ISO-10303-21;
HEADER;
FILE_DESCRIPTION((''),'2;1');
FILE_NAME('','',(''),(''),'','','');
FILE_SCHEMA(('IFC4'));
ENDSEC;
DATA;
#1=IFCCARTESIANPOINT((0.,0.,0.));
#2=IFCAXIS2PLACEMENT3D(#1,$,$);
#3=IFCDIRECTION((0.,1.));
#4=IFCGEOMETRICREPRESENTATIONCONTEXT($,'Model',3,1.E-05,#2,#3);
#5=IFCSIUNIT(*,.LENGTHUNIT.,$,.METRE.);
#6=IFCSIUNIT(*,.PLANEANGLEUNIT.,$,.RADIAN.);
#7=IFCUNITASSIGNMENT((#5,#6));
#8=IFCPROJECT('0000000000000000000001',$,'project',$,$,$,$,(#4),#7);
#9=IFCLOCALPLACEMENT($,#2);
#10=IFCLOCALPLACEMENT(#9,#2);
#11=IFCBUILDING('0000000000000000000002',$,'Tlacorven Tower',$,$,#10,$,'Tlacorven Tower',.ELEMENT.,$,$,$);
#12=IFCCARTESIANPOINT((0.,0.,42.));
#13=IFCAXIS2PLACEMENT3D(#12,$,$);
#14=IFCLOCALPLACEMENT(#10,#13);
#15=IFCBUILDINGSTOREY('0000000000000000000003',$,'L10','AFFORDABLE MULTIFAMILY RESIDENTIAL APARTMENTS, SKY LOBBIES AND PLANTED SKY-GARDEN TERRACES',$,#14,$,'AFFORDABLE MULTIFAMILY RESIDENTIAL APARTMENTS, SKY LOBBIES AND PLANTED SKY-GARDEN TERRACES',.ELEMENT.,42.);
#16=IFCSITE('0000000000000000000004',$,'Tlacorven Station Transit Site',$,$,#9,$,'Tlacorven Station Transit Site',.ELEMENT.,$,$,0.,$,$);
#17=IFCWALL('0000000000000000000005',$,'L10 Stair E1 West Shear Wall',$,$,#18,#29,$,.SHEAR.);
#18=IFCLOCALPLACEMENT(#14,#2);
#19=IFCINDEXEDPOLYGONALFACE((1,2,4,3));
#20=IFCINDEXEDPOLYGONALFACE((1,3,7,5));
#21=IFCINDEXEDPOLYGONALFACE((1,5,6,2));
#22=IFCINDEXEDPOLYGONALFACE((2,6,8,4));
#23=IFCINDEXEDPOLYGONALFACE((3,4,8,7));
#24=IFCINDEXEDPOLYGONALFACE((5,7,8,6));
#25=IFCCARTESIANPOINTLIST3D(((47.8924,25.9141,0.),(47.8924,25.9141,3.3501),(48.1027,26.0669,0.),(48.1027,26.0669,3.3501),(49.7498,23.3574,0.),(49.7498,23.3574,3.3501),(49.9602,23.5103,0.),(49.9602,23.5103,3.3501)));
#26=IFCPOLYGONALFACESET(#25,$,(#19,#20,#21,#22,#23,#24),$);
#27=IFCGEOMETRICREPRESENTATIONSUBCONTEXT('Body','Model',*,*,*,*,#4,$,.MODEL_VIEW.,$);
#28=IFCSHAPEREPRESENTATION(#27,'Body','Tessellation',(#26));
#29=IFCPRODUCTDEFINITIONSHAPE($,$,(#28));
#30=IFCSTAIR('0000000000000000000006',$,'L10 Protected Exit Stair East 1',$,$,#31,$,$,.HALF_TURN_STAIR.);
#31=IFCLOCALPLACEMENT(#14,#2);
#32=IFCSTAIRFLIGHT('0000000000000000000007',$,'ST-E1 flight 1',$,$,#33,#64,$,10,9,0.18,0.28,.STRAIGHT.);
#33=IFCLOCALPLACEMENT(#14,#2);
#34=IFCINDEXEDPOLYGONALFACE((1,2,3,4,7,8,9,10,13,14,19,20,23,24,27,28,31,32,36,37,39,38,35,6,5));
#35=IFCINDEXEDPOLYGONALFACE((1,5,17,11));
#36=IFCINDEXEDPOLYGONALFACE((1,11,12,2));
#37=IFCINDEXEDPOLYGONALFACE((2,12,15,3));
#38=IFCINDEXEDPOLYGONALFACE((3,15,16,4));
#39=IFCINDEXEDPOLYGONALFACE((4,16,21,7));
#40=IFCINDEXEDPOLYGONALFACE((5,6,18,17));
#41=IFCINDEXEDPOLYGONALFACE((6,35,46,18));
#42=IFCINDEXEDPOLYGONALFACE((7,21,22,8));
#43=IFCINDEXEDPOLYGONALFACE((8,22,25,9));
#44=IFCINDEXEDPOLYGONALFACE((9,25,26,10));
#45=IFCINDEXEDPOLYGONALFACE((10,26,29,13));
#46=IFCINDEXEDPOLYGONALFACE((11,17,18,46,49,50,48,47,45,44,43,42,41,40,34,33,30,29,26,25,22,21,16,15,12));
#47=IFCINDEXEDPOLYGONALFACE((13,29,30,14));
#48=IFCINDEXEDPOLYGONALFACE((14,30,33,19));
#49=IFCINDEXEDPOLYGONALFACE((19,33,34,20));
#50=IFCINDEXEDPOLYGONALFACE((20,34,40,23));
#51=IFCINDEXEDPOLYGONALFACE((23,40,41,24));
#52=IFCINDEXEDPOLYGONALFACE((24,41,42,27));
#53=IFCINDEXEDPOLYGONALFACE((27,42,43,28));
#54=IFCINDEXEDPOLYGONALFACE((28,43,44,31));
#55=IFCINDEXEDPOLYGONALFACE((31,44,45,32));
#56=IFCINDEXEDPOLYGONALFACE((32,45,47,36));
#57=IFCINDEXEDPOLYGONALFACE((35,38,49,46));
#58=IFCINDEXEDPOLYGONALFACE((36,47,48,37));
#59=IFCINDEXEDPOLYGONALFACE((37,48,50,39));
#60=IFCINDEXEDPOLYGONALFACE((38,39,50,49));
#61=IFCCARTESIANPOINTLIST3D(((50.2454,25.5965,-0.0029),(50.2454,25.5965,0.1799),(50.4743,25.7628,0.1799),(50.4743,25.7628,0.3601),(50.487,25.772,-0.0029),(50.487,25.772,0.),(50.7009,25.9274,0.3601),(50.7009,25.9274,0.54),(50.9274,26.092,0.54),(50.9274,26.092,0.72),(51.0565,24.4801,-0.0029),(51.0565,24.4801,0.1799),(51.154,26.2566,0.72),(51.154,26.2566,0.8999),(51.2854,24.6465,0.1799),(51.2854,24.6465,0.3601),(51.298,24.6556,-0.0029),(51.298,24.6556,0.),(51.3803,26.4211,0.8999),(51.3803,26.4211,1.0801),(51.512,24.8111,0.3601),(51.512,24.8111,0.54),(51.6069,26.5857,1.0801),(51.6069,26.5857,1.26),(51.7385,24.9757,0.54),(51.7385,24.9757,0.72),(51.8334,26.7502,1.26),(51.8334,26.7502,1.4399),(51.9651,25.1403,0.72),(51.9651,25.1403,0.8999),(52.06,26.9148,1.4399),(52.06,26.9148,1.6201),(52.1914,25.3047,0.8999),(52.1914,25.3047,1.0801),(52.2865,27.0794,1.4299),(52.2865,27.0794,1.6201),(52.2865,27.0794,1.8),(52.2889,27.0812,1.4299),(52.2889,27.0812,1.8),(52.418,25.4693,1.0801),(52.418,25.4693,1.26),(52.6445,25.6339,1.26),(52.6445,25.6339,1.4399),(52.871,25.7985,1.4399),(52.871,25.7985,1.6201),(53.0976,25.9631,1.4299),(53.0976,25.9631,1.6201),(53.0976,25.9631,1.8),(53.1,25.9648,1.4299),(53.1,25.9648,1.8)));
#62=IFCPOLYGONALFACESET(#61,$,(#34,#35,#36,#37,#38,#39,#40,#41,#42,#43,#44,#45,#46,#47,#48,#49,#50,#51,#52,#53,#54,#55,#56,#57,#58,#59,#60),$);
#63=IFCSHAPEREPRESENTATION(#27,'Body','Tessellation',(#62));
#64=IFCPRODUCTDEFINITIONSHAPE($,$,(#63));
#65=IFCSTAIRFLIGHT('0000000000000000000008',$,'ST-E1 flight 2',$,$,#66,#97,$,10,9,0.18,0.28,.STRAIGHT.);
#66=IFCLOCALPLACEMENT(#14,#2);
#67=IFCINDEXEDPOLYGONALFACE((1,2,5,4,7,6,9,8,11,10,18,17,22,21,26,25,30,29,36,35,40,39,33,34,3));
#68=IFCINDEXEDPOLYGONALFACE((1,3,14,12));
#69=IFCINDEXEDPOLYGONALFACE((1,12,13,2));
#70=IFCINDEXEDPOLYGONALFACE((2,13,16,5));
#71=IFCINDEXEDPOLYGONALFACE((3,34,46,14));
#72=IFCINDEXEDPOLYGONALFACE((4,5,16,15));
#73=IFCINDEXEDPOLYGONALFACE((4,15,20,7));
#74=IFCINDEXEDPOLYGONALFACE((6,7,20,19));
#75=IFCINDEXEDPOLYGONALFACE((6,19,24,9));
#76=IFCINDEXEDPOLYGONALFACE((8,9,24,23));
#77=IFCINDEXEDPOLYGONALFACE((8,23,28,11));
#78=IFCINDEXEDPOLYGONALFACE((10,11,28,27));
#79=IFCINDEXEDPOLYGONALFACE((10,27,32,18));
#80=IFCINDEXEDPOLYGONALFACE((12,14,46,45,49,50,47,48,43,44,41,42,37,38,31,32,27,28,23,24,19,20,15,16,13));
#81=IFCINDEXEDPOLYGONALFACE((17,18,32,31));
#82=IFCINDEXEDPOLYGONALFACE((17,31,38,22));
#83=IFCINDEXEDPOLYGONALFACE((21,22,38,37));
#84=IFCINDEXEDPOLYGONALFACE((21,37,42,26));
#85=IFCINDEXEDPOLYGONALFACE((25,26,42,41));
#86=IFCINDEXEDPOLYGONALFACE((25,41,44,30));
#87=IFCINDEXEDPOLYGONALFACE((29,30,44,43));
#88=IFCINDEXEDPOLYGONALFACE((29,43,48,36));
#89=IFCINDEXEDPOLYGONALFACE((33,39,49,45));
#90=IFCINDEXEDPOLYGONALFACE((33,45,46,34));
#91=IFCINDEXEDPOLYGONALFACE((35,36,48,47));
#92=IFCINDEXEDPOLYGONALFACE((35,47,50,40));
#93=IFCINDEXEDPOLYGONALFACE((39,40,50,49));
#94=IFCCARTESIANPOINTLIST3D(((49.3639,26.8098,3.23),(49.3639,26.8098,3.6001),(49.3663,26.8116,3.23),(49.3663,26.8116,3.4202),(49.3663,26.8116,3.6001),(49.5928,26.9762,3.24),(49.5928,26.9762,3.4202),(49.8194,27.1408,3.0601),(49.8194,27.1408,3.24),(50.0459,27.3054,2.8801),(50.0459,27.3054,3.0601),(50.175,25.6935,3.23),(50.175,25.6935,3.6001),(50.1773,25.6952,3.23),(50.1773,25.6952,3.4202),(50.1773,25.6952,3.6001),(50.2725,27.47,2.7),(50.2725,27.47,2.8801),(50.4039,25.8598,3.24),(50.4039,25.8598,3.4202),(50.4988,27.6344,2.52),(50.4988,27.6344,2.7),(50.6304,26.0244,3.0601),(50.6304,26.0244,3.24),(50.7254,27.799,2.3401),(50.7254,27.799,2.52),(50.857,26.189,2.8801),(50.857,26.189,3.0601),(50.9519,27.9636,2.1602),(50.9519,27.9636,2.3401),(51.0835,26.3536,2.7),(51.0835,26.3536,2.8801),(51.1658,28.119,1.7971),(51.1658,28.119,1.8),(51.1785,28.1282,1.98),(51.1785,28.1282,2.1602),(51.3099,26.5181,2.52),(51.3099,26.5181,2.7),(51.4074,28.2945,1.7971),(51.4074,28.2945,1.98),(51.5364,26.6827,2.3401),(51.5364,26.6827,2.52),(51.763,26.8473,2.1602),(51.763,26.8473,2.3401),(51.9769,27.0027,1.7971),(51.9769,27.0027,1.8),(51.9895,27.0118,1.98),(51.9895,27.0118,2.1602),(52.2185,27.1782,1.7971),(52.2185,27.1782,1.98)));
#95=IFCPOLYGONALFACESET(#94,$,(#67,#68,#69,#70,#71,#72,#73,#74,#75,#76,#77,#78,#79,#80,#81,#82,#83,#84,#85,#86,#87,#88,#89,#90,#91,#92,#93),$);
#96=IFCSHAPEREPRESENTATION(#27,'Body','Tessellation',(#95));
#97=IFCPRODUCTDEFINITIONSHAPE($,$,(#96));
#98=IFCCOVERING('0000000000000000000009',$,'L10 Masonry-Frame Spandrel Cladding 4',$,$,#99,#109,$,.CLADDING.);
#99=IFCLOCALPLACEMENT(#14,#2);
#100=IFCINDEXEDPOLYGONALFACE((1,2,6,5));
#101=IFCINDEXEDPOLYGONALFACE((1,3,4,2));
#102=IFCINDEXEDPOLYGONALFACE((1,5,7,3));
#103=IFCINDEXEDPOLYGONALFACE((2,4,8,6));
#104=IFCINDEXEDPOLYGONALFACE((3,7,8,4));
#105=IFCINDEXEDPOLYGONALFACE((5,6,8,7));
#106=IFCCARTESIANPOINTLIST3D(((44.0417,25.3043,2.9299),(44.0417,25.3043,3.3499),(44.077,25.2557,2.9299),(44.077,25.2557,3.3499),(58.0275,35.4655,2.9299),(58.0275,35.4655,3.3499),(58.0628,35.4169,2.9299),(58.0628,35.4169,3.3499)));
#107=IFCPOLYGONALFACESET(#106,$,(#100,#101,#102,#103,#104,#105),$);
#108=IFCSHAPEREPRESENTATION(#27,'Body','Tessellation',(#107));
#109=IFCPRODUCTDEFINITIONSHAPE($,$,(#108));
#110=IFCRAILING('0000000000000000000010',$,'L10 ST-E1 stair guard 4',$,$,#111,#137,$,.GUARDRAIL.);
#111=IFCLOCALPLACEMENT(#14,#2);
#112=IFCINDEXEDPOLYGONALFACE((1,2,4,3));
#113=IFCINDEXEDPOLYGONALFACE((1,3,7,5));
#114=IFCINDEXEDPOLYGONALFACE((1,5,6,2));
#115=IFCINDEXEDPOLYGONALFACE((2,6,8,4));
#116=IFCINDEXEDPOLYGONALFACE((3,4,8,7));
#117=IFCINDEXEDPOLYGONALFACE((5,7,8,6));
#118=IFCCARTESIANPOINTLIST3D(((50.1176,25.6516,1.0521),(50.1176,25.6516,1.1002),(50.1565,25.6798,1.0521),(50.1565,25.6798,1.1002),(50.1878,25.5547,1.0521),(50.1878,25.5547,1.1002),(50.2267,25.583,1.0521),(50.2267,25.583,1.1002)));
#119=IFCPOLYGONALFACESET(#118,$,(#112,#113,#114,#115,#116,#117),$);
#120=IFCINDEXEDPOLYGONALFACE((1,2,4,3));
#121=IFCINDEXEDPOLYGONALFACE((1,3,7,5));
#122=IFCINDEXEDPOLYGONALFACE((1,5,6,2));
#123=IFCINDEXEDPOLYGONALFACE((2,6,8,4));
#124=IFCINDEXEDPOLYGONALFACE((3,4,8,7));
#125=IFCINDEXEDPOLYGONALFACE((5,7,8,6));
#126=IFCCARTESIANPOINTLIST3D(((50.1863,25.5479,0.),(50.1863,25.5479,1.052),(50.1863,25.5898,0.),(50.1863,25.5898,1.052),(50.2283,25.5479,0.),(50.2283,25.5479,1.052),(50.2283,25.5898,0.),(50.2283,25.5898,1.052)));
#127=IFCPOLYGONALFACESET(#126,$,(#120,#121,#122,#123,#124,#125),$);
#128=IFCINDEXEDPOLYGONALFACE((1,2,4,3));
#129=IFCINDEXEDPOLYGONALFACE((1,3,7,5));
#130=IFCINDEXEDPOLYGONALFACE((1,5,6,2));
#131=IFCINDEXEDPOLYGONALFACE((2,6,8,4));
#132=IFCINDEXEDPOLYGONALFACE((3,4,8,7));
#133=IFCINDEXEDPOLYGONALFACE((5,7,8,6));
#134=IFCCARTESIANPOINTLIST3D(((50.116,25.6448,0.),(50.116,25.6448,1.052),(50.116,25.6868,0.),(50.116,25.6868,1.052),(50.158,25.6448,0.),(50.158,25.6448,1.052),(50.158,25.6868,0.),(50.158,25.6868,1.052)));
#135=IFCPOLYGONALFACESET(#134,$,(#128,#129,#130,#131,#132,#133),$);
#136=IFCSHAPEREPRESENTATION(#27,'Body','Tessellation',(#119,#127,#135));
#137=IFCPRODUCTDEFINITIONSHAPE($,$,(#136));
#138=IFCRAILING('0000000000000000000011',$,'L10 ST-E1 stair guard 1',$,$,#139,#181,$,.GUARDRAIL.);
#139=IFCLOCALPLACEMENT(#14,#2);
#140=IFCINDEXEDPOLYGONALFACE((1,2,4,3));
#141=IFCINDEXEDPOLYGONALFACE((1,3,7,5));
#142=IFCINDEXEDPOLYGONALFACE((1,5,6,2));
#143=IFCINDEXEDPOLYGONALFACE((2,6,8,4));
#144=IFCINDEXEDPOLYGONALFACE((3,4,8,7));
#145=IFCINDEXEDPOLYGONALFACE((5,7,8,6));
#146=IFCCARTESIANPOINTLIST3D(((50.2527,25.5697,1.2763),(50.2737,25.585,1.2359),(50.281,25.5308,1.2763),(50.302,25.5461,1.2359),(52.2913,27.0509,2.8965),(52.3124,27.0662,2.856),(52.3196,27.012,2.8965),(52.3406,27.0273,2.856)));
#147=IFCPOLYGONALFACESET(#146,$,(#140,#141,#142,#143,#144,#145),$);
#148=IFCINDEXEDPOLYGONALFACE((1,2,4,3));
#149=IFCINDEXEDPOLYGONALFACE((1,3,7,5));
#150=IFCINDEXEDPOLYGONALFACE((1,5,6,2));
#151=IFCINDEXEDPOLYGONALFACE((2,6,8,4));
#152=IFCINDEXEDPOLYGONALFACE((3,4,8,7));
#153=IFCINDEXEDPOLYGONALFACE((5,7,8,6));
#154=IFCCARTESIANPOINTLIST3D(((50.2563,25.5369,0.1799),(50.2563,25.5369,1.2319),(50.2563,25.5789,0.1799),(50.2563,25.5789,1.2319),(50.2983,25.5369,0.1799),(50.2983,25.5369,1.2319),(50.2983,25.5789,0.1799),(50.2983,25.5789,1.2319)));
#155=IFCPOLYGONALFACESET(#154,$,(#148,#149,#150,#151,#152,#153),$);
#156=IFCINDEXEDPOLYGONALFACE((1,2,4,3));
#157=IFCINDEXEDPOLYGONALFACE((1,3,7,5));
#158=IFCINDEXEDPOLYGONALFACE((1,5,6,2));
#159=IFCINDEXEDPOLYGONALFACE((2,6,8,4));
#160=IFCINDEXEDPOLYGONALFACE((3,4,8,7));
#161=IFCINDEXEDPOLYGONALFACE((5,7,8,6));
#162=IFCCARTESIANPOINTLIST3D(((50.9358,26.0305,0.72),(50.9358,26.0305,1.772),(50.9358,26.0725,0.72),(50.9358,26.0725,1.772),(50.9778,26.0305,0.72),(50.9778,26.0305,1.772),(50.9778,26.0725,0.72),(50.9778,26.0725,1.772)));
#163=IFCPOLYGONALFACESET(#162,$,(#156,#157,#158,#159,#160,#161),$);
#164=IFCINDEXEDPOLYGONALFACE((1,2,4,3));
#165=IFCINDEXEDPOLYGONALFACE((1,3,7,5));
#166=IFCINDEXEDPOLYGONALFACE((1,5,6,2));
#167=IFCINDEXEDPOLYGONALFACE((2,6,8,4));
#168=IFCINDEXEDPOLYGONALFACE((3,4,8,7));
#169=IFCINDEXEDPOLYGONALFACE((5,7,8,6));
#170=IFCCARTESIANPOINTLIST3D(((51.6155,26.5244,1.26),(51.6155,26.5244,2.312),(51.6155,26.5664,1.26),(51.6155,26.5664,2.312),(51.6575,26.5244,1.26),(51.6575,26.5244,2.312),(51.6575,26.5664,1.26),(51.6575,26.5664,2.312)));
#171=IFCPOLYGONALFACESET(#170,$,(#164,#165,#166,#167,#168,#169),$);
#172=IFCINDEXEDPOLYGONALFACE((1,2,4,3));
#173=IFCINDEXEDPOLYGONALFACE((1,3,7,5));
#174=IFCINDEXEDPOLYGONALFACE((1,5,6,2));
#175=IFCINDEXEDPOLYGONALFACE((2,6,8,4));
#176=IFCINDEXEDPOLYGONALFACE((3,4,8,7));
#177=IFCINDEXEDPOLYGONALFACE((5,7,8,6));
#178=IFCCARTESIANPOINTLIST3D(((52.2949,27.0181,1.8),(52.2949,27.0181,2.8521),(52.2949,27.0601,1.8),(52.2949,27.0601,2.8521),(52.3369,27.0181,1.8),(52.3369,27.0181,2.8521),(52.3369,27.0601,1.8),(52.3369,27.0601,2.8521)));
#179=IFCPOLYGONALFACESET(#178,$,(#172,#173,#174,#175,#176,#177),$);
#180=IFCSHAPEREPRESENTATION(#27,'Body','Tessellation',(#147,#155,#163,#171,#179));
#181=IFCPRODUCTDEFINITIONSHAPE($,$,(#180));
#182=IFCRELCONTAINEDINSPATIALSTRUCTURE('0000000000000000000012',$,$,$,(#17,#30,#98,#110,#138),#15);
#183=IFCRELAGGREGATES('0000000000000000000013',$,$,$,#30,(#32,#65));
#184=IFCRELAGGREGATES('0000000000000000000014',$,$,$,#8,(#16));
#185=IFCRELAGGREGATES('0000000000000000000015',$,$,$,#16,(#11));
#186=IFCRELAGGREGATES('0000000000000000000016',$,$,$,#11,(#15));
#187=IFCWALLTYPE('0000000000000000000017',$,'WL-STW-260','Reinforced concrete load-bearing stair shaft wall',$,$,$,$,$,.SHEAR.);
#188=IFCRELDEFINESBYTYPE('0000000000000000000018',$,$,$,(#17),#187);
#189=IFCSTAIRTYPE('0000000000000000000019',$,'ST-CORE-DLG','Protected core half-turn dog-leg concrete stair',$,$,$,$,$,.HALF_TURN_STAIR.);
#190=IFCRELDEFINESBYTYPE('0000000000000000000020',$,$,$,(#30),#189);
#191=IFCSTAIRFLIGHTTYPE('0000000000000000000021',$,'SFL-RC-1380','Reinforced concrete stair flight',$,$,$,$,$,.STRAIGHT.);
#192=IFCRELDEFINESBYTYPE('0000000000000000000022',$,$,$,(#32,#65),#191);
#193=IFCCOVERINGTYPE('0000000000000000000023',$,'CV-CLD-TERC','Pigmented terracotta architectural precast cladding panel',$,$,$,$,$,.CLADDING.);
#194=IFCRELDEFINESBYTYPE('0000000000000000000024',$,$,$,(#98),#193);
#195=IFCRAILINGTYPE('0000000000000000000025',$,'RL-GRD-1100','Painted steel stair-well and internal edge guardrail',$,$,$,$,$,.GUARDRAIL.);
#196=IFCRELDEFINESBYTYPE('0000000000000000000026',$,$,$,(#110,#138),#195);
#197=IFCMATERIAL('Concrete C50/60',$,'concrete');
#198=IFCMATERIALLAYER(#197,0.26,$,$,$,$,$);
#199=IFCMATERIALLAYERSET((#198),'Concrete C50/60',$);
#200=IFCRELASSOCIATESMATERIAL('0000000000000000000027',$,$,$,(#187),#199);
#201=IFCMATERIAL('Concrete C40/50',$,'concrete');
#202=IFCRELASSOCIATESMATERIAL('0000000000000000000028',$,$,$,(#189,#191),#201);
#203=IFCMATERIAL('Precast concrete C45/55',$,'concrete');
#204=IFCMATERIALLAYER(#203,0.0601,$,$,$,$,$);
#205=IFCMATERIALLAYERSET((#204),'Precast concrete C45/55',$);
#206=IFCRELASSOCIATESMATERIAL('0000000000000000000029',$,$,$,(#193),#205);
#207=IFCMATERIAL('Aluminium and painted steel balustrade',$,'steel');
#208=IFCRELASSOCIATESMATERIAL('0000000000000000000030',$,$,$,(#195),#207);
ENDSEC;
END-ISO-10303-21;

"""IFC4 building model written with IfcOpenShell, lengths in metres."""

from ifc_helpers import new_model, si_unit, direction, frame, frame_2d, origin, origin_2d, place, context, subcontext, project, spatial, polyline, rectangle, outline, extrude, source, transform, mapped, material, layer, layer_set, type_object, element, aggregate, save


model = new_model("IFC4")

# Units and contexts
model_context = context("Model", 3, precision=1e-05, world=origin(), true_north=direction((0.0, 1.0)))
body_context = subcontext(model_context, "Body", "Model", "MODEL_VIEW")
ifc_project = project(units=[si_unit("LENGTHUNIT", "METRE"), si_unit("PLANEANGLEUNIT", "RADIAN")], contexts=[model_context])

# Site, building, storey
site_placement = place(None, origin())
site = spatial("IfcSite", under=ifc_project, at=site_placement, Name="Tlacorven Station Transit Site", LongName="Tlacorven Station Transit Site", CompositionType="ELEMENT", RefElevation=0.0)
building_placement = place(site_placement, origin())
building = spatial("IfcBuilding", under=site, at=building_placement, Name="Tlacorven Tower", LongName="Tlacorven Tower", CompositionType="ELEMENT")
storey_placement = place(building_placement, frame((0.0, 0.0, 42.0)))
storey = spatial("IfcBuildingStorey", under=building, at=storey_placement, Name="L10", Description="AFFORDABLE MULTIFAMILY RESIDENTIAL APARTMENTS, SKY LOBBIES AND PLANTED SKY-GARDEN TERRACES", LongName="AFFORDABLE MULTIFAMILY RESIDENTIAL APARTMENTS, SKY LOBBIES AND PLANTED SKY-GARDEN TERRACES", CompositionType="ELEMENT", Elevation=42.0)

# Shared definitions
ifc_material_1 = material(Name="Precast concrete C45/55", Category="concrete")

# Shared definitions
ifc_material_2 = material(Name="Concrete C40/50", Category="concrete")

# Shared definitions
ifc_material_3 = material(Name="Concrete C50/60", Category="concrete")
ifc_layer_1 = layer(ifc_material_3, 0.26)
ifc_layer_set_1 = layer_set([ifc_layer_1], Name="Concrete C50/60")
wall_type_1 = type_object("IfcWallType", Name="WL-STW-260", Description="Reinforced concrete load-bearing stair shaft wall", PredefinedType="SHEAR", material=ifc_layer_set_1)

# Wall
wall_1_placement = place(storey_placement, frame((49.855, 23.4338, 0.0), z_axis=(0.0, 0.0, 1.0), x_axis=(-0.587767, 0.80903, 0.0)))
element("IfcWall", 1, at=wall_1_placement, inside=storey, type_object=wall_type_1, Name="L10 Stair E1 West Shear Wall", PredefinedType="SHEAR", context=body_context, shape_type="SweptSolid", body=[
    extrude(rectangle(XDim=3.1602, YDim=0.26, at=frame_2d((1.5801, 0.0))), origin(), (0.0, 0.0, 1.0), 3.3501),
])

# Stair, stair flights
stair_type = type_object("IfcStairType", Name="ST-CORE-DLG", Description="Protected core half-turn dog-leg concrete stair", PredefinedType="HALF_TURN_STAIR", material=ifc_material_2)
stair_placement = place(storey_placement, origin())
stair = element("IfcStair", 2, at=stair_placement, inside=storey, type_object=stair_type, Name="L10 Protected Exit Stair East 1", PredefinedType="HALF_TURN_STAIR")
stair_flight_type = type_object("IfcStairFlightType", Name="SFL-RC-1380", Description="Reinforced concrete stair flight", PredefinedType="STRAIGHT", material=ifc_material_2)
shared_shape_1 = source(origin(), body_context, "Body", "SweptSolid", [
    extrude(outline(polyline([(-0.0029, -0.0029), (-0.0029, 0.1799), (0.28, 0.1799), (0.28, 0.3601), (0.5601, 0.3601), (0.5601, 0.54), (0.8401, 0.54), (0.8401, 0.72), (1.1201, 0.72), (1.1201, 0.8999), (1.3999, 0.8999), (1.3999, 1.0801), (1.6799, 1.0801), (1.6799, 1.26), (1.96, 1.26), (1.96, 1.4399), (2.24, 1.4399), (2.24, 1.6201), (2.52, 1.6201), (2.52, 1.8), (2.5229, 1.8), (2.5229, 1.4299), (2.52, 1.4299), (0.2957, 0.0), (0.2957, -0.0029), (-0.0029, -0.0029)])), frame((0.0, 0.6899, 0.0), z_axis=(0.0, -1.0, 0.0), x_axis=(1.0, 0.0, 0.0)), (0.0, 0.0, 1.0), 1.3799),
])
stair_flight_1_placement = place(storey_placement, frame((50.6533, 25.04, 0.0), z_axis=(0.0, 0.0, 1.0), x_axis=(0.809017, 0.587785, 0.0)))
stair_flight_1 = element("IfcStairFlight", 3, at=stair_flight_1_placement, type_object=stair_flight_type, Name="ST-E1 flight 1", NumberOfRisers=10, NumberOfTreads=9, PredefinedType="STRAIGHT", RiserHeight=0.18, TreadLength=0.28, context=body_context, shape_type="MappedRepresentation", body=[
    mapped(shared_shape_1, transform((0.0, 0.0, 0.0), scale=1.0)),
])
stair_flight_2_placement = place(storey_placement, frame((51.8105, 27.7346, 1.8), z_axis=(0.0, 0.0, 1.0), x_axis=(-0.809017, -0.587785, 0.0)))
stair_flight_2 = element("IfcStairFlight", 4, at=stair_flight_2_placement, type_object=stair_flight_type, Name="ST-E1 flight 2", NumberOfRisers=10, NumberOfTreads=9, PredefinedType="STRAIGHT", RiserHeight=0.18, TreadLength=0.28, context=body_context, shape_type="MappedRepresentation", body=[
    mapped(shared_shape_1, transform((0.0, 0.0, 0.0), scale=1.0)),
])
aggregate(stair, [stair_flight_1, stair_flight_2])

# Covering
ifc_layer_2 = layer(ifc_material_1, 0.0601)
ifc_layer_set_2 = layer_set([ifc_layer_2], Name="Precast concrete C45/55")
covering_type = type_object("IfcCoveringType", Name="CV-CLD-TERC", Description="Pigmented terracotta architectural precast cladding panel", PredefinedType="CLADDING", material=ifc_layer_set_2)
shared_shape_2 = source(origin(), body_context, "Body", "SweptSolid", [
    extrude(rectangle(XDim=17.2874, YDim=0.0601, at=origin_2d()), origin(), (0.0, 0.0, 1.0), 0.4199),
])
covering_placement = place(storey_placement, frame((51.0522, 30.3606, 2.9299), z_axis=(0.0, 0.0, 1.0), x_axis=(0.809017, 0.587785, 0.0)))
element("IfcCovering", 5, at=covering_placement, inside=storey, type_object=covering_type, Name="L10 Masonry-Frame Spandrel Cladding 4", PredefinedType="CLADDING", context=body_context, shape_type="MappedRepresentation", body=[
    mapped(shared_shape_2, transform((0.0, 0.0, 0.0), scale=1.0)),
])

# Railings
ifc_material_4 = material(Name="Aluminium and painted steel balustrade", Category="steel")
railing_type_1 = type_object("IfcRailingType", Name="RL-GRD-1100", Description="Painted steel stair-well and internal edge guardrail", PredefinedType="GUARDRAIL", material=ifc_material_4)
shared_shape_3 = source(origin(), body_context, "Body", "SweptSolid", [
    extrude(rectangle(XDim=0.0481, YDim=0.0481, at=origin_2d()), frame((0.0, 0.0, 1.0762), z_axis=(-0.587201, 0.809441, 0.0), x_axis=(-0.809441, -0.587201, 0.0)), (0.0, 0.0, 1.0), 0.1196),
    extrude(rectangle(XDim=0.042, YDim=0.042, at=origin_2d()), origin(), (0.0, 0.0, 1.0), 1.052),
    extrude(rectangle(XDim=0.042, YDim=0.042, at=origin_2d()), frame((-0.0703, 0.0969, 0.0)), (0.0, 0.0, 1.0), 1.052),
])
railing_1_placement = place(storey_placement, frame((50.2073, 25.5688, 0.0)))
element("IfcRailing", 6, at=railing_1_placement, inside=storey, type_object=railing_type_1, Name="L10 ST-E1 stair guard 4", PredefinedType="GUARDRAIL", context=body_context, shape_type="MappedRepresentation", body=[
    mapped(shared_shape_3, transform((0.0, 0.0, 0.0), scale=1.0)),
])
shared_shape_4 = source(origin(), body_context, "Body", "SweptSolid", [
    extrude(rectangle(XDim=0.0481, YDim=0.0481, at=origin_2d()), frame((0.0, 0.0, 1.0762), z_axis=(0.680489, 0.494434, 0.540805), x_axis=(-0.587809, 0.809, 0.0)), (0.0, 0.0, 1.0), 2.9958),
    extrude(rectangle(XDim=0.042, YDim=0.042, at=origin_2d()), origin(), (0.0, 0.0, 1.0), 1.052),
    extrude(rectangle(XDim=0.042, YDim=0.042, at=origin_2d()), frame((0.6794, 0.4937, 0.54)), (0.0, 0.0, 1.0), 1.052),
    extrude(rectangle(XDim=0.042, YDim=0.042, at=origin_2d()), frame((1.3591, 0.9875, 1.0801)), (0.0, 0.0, 1.0), 1.052),
    extrude(rectangle(XDim=0.042, YDim=0.042, at=origin_2d()), frame((2.0386, 1.4812, 1.6201)), (0.0, 0.0, 1.0), 1.052),
])
railing_2_placement = place(storey_placement, frame((50.2773, 25.5579, 0.1799)))
element("IfcRailing", 7, at=railing_2_placement, inside=storey, type_object=railing_type_1, Name="L10 ST-E1 stair guard 1", PredefinedType="GUARDRAIL", context=body_context, shape_type="MappedRepresentation", body=[
    mapped(shared_shape_4, transform((0.0, 0.0, 0.0), scale=1.0)),
])

save(model, "model.ifc")
